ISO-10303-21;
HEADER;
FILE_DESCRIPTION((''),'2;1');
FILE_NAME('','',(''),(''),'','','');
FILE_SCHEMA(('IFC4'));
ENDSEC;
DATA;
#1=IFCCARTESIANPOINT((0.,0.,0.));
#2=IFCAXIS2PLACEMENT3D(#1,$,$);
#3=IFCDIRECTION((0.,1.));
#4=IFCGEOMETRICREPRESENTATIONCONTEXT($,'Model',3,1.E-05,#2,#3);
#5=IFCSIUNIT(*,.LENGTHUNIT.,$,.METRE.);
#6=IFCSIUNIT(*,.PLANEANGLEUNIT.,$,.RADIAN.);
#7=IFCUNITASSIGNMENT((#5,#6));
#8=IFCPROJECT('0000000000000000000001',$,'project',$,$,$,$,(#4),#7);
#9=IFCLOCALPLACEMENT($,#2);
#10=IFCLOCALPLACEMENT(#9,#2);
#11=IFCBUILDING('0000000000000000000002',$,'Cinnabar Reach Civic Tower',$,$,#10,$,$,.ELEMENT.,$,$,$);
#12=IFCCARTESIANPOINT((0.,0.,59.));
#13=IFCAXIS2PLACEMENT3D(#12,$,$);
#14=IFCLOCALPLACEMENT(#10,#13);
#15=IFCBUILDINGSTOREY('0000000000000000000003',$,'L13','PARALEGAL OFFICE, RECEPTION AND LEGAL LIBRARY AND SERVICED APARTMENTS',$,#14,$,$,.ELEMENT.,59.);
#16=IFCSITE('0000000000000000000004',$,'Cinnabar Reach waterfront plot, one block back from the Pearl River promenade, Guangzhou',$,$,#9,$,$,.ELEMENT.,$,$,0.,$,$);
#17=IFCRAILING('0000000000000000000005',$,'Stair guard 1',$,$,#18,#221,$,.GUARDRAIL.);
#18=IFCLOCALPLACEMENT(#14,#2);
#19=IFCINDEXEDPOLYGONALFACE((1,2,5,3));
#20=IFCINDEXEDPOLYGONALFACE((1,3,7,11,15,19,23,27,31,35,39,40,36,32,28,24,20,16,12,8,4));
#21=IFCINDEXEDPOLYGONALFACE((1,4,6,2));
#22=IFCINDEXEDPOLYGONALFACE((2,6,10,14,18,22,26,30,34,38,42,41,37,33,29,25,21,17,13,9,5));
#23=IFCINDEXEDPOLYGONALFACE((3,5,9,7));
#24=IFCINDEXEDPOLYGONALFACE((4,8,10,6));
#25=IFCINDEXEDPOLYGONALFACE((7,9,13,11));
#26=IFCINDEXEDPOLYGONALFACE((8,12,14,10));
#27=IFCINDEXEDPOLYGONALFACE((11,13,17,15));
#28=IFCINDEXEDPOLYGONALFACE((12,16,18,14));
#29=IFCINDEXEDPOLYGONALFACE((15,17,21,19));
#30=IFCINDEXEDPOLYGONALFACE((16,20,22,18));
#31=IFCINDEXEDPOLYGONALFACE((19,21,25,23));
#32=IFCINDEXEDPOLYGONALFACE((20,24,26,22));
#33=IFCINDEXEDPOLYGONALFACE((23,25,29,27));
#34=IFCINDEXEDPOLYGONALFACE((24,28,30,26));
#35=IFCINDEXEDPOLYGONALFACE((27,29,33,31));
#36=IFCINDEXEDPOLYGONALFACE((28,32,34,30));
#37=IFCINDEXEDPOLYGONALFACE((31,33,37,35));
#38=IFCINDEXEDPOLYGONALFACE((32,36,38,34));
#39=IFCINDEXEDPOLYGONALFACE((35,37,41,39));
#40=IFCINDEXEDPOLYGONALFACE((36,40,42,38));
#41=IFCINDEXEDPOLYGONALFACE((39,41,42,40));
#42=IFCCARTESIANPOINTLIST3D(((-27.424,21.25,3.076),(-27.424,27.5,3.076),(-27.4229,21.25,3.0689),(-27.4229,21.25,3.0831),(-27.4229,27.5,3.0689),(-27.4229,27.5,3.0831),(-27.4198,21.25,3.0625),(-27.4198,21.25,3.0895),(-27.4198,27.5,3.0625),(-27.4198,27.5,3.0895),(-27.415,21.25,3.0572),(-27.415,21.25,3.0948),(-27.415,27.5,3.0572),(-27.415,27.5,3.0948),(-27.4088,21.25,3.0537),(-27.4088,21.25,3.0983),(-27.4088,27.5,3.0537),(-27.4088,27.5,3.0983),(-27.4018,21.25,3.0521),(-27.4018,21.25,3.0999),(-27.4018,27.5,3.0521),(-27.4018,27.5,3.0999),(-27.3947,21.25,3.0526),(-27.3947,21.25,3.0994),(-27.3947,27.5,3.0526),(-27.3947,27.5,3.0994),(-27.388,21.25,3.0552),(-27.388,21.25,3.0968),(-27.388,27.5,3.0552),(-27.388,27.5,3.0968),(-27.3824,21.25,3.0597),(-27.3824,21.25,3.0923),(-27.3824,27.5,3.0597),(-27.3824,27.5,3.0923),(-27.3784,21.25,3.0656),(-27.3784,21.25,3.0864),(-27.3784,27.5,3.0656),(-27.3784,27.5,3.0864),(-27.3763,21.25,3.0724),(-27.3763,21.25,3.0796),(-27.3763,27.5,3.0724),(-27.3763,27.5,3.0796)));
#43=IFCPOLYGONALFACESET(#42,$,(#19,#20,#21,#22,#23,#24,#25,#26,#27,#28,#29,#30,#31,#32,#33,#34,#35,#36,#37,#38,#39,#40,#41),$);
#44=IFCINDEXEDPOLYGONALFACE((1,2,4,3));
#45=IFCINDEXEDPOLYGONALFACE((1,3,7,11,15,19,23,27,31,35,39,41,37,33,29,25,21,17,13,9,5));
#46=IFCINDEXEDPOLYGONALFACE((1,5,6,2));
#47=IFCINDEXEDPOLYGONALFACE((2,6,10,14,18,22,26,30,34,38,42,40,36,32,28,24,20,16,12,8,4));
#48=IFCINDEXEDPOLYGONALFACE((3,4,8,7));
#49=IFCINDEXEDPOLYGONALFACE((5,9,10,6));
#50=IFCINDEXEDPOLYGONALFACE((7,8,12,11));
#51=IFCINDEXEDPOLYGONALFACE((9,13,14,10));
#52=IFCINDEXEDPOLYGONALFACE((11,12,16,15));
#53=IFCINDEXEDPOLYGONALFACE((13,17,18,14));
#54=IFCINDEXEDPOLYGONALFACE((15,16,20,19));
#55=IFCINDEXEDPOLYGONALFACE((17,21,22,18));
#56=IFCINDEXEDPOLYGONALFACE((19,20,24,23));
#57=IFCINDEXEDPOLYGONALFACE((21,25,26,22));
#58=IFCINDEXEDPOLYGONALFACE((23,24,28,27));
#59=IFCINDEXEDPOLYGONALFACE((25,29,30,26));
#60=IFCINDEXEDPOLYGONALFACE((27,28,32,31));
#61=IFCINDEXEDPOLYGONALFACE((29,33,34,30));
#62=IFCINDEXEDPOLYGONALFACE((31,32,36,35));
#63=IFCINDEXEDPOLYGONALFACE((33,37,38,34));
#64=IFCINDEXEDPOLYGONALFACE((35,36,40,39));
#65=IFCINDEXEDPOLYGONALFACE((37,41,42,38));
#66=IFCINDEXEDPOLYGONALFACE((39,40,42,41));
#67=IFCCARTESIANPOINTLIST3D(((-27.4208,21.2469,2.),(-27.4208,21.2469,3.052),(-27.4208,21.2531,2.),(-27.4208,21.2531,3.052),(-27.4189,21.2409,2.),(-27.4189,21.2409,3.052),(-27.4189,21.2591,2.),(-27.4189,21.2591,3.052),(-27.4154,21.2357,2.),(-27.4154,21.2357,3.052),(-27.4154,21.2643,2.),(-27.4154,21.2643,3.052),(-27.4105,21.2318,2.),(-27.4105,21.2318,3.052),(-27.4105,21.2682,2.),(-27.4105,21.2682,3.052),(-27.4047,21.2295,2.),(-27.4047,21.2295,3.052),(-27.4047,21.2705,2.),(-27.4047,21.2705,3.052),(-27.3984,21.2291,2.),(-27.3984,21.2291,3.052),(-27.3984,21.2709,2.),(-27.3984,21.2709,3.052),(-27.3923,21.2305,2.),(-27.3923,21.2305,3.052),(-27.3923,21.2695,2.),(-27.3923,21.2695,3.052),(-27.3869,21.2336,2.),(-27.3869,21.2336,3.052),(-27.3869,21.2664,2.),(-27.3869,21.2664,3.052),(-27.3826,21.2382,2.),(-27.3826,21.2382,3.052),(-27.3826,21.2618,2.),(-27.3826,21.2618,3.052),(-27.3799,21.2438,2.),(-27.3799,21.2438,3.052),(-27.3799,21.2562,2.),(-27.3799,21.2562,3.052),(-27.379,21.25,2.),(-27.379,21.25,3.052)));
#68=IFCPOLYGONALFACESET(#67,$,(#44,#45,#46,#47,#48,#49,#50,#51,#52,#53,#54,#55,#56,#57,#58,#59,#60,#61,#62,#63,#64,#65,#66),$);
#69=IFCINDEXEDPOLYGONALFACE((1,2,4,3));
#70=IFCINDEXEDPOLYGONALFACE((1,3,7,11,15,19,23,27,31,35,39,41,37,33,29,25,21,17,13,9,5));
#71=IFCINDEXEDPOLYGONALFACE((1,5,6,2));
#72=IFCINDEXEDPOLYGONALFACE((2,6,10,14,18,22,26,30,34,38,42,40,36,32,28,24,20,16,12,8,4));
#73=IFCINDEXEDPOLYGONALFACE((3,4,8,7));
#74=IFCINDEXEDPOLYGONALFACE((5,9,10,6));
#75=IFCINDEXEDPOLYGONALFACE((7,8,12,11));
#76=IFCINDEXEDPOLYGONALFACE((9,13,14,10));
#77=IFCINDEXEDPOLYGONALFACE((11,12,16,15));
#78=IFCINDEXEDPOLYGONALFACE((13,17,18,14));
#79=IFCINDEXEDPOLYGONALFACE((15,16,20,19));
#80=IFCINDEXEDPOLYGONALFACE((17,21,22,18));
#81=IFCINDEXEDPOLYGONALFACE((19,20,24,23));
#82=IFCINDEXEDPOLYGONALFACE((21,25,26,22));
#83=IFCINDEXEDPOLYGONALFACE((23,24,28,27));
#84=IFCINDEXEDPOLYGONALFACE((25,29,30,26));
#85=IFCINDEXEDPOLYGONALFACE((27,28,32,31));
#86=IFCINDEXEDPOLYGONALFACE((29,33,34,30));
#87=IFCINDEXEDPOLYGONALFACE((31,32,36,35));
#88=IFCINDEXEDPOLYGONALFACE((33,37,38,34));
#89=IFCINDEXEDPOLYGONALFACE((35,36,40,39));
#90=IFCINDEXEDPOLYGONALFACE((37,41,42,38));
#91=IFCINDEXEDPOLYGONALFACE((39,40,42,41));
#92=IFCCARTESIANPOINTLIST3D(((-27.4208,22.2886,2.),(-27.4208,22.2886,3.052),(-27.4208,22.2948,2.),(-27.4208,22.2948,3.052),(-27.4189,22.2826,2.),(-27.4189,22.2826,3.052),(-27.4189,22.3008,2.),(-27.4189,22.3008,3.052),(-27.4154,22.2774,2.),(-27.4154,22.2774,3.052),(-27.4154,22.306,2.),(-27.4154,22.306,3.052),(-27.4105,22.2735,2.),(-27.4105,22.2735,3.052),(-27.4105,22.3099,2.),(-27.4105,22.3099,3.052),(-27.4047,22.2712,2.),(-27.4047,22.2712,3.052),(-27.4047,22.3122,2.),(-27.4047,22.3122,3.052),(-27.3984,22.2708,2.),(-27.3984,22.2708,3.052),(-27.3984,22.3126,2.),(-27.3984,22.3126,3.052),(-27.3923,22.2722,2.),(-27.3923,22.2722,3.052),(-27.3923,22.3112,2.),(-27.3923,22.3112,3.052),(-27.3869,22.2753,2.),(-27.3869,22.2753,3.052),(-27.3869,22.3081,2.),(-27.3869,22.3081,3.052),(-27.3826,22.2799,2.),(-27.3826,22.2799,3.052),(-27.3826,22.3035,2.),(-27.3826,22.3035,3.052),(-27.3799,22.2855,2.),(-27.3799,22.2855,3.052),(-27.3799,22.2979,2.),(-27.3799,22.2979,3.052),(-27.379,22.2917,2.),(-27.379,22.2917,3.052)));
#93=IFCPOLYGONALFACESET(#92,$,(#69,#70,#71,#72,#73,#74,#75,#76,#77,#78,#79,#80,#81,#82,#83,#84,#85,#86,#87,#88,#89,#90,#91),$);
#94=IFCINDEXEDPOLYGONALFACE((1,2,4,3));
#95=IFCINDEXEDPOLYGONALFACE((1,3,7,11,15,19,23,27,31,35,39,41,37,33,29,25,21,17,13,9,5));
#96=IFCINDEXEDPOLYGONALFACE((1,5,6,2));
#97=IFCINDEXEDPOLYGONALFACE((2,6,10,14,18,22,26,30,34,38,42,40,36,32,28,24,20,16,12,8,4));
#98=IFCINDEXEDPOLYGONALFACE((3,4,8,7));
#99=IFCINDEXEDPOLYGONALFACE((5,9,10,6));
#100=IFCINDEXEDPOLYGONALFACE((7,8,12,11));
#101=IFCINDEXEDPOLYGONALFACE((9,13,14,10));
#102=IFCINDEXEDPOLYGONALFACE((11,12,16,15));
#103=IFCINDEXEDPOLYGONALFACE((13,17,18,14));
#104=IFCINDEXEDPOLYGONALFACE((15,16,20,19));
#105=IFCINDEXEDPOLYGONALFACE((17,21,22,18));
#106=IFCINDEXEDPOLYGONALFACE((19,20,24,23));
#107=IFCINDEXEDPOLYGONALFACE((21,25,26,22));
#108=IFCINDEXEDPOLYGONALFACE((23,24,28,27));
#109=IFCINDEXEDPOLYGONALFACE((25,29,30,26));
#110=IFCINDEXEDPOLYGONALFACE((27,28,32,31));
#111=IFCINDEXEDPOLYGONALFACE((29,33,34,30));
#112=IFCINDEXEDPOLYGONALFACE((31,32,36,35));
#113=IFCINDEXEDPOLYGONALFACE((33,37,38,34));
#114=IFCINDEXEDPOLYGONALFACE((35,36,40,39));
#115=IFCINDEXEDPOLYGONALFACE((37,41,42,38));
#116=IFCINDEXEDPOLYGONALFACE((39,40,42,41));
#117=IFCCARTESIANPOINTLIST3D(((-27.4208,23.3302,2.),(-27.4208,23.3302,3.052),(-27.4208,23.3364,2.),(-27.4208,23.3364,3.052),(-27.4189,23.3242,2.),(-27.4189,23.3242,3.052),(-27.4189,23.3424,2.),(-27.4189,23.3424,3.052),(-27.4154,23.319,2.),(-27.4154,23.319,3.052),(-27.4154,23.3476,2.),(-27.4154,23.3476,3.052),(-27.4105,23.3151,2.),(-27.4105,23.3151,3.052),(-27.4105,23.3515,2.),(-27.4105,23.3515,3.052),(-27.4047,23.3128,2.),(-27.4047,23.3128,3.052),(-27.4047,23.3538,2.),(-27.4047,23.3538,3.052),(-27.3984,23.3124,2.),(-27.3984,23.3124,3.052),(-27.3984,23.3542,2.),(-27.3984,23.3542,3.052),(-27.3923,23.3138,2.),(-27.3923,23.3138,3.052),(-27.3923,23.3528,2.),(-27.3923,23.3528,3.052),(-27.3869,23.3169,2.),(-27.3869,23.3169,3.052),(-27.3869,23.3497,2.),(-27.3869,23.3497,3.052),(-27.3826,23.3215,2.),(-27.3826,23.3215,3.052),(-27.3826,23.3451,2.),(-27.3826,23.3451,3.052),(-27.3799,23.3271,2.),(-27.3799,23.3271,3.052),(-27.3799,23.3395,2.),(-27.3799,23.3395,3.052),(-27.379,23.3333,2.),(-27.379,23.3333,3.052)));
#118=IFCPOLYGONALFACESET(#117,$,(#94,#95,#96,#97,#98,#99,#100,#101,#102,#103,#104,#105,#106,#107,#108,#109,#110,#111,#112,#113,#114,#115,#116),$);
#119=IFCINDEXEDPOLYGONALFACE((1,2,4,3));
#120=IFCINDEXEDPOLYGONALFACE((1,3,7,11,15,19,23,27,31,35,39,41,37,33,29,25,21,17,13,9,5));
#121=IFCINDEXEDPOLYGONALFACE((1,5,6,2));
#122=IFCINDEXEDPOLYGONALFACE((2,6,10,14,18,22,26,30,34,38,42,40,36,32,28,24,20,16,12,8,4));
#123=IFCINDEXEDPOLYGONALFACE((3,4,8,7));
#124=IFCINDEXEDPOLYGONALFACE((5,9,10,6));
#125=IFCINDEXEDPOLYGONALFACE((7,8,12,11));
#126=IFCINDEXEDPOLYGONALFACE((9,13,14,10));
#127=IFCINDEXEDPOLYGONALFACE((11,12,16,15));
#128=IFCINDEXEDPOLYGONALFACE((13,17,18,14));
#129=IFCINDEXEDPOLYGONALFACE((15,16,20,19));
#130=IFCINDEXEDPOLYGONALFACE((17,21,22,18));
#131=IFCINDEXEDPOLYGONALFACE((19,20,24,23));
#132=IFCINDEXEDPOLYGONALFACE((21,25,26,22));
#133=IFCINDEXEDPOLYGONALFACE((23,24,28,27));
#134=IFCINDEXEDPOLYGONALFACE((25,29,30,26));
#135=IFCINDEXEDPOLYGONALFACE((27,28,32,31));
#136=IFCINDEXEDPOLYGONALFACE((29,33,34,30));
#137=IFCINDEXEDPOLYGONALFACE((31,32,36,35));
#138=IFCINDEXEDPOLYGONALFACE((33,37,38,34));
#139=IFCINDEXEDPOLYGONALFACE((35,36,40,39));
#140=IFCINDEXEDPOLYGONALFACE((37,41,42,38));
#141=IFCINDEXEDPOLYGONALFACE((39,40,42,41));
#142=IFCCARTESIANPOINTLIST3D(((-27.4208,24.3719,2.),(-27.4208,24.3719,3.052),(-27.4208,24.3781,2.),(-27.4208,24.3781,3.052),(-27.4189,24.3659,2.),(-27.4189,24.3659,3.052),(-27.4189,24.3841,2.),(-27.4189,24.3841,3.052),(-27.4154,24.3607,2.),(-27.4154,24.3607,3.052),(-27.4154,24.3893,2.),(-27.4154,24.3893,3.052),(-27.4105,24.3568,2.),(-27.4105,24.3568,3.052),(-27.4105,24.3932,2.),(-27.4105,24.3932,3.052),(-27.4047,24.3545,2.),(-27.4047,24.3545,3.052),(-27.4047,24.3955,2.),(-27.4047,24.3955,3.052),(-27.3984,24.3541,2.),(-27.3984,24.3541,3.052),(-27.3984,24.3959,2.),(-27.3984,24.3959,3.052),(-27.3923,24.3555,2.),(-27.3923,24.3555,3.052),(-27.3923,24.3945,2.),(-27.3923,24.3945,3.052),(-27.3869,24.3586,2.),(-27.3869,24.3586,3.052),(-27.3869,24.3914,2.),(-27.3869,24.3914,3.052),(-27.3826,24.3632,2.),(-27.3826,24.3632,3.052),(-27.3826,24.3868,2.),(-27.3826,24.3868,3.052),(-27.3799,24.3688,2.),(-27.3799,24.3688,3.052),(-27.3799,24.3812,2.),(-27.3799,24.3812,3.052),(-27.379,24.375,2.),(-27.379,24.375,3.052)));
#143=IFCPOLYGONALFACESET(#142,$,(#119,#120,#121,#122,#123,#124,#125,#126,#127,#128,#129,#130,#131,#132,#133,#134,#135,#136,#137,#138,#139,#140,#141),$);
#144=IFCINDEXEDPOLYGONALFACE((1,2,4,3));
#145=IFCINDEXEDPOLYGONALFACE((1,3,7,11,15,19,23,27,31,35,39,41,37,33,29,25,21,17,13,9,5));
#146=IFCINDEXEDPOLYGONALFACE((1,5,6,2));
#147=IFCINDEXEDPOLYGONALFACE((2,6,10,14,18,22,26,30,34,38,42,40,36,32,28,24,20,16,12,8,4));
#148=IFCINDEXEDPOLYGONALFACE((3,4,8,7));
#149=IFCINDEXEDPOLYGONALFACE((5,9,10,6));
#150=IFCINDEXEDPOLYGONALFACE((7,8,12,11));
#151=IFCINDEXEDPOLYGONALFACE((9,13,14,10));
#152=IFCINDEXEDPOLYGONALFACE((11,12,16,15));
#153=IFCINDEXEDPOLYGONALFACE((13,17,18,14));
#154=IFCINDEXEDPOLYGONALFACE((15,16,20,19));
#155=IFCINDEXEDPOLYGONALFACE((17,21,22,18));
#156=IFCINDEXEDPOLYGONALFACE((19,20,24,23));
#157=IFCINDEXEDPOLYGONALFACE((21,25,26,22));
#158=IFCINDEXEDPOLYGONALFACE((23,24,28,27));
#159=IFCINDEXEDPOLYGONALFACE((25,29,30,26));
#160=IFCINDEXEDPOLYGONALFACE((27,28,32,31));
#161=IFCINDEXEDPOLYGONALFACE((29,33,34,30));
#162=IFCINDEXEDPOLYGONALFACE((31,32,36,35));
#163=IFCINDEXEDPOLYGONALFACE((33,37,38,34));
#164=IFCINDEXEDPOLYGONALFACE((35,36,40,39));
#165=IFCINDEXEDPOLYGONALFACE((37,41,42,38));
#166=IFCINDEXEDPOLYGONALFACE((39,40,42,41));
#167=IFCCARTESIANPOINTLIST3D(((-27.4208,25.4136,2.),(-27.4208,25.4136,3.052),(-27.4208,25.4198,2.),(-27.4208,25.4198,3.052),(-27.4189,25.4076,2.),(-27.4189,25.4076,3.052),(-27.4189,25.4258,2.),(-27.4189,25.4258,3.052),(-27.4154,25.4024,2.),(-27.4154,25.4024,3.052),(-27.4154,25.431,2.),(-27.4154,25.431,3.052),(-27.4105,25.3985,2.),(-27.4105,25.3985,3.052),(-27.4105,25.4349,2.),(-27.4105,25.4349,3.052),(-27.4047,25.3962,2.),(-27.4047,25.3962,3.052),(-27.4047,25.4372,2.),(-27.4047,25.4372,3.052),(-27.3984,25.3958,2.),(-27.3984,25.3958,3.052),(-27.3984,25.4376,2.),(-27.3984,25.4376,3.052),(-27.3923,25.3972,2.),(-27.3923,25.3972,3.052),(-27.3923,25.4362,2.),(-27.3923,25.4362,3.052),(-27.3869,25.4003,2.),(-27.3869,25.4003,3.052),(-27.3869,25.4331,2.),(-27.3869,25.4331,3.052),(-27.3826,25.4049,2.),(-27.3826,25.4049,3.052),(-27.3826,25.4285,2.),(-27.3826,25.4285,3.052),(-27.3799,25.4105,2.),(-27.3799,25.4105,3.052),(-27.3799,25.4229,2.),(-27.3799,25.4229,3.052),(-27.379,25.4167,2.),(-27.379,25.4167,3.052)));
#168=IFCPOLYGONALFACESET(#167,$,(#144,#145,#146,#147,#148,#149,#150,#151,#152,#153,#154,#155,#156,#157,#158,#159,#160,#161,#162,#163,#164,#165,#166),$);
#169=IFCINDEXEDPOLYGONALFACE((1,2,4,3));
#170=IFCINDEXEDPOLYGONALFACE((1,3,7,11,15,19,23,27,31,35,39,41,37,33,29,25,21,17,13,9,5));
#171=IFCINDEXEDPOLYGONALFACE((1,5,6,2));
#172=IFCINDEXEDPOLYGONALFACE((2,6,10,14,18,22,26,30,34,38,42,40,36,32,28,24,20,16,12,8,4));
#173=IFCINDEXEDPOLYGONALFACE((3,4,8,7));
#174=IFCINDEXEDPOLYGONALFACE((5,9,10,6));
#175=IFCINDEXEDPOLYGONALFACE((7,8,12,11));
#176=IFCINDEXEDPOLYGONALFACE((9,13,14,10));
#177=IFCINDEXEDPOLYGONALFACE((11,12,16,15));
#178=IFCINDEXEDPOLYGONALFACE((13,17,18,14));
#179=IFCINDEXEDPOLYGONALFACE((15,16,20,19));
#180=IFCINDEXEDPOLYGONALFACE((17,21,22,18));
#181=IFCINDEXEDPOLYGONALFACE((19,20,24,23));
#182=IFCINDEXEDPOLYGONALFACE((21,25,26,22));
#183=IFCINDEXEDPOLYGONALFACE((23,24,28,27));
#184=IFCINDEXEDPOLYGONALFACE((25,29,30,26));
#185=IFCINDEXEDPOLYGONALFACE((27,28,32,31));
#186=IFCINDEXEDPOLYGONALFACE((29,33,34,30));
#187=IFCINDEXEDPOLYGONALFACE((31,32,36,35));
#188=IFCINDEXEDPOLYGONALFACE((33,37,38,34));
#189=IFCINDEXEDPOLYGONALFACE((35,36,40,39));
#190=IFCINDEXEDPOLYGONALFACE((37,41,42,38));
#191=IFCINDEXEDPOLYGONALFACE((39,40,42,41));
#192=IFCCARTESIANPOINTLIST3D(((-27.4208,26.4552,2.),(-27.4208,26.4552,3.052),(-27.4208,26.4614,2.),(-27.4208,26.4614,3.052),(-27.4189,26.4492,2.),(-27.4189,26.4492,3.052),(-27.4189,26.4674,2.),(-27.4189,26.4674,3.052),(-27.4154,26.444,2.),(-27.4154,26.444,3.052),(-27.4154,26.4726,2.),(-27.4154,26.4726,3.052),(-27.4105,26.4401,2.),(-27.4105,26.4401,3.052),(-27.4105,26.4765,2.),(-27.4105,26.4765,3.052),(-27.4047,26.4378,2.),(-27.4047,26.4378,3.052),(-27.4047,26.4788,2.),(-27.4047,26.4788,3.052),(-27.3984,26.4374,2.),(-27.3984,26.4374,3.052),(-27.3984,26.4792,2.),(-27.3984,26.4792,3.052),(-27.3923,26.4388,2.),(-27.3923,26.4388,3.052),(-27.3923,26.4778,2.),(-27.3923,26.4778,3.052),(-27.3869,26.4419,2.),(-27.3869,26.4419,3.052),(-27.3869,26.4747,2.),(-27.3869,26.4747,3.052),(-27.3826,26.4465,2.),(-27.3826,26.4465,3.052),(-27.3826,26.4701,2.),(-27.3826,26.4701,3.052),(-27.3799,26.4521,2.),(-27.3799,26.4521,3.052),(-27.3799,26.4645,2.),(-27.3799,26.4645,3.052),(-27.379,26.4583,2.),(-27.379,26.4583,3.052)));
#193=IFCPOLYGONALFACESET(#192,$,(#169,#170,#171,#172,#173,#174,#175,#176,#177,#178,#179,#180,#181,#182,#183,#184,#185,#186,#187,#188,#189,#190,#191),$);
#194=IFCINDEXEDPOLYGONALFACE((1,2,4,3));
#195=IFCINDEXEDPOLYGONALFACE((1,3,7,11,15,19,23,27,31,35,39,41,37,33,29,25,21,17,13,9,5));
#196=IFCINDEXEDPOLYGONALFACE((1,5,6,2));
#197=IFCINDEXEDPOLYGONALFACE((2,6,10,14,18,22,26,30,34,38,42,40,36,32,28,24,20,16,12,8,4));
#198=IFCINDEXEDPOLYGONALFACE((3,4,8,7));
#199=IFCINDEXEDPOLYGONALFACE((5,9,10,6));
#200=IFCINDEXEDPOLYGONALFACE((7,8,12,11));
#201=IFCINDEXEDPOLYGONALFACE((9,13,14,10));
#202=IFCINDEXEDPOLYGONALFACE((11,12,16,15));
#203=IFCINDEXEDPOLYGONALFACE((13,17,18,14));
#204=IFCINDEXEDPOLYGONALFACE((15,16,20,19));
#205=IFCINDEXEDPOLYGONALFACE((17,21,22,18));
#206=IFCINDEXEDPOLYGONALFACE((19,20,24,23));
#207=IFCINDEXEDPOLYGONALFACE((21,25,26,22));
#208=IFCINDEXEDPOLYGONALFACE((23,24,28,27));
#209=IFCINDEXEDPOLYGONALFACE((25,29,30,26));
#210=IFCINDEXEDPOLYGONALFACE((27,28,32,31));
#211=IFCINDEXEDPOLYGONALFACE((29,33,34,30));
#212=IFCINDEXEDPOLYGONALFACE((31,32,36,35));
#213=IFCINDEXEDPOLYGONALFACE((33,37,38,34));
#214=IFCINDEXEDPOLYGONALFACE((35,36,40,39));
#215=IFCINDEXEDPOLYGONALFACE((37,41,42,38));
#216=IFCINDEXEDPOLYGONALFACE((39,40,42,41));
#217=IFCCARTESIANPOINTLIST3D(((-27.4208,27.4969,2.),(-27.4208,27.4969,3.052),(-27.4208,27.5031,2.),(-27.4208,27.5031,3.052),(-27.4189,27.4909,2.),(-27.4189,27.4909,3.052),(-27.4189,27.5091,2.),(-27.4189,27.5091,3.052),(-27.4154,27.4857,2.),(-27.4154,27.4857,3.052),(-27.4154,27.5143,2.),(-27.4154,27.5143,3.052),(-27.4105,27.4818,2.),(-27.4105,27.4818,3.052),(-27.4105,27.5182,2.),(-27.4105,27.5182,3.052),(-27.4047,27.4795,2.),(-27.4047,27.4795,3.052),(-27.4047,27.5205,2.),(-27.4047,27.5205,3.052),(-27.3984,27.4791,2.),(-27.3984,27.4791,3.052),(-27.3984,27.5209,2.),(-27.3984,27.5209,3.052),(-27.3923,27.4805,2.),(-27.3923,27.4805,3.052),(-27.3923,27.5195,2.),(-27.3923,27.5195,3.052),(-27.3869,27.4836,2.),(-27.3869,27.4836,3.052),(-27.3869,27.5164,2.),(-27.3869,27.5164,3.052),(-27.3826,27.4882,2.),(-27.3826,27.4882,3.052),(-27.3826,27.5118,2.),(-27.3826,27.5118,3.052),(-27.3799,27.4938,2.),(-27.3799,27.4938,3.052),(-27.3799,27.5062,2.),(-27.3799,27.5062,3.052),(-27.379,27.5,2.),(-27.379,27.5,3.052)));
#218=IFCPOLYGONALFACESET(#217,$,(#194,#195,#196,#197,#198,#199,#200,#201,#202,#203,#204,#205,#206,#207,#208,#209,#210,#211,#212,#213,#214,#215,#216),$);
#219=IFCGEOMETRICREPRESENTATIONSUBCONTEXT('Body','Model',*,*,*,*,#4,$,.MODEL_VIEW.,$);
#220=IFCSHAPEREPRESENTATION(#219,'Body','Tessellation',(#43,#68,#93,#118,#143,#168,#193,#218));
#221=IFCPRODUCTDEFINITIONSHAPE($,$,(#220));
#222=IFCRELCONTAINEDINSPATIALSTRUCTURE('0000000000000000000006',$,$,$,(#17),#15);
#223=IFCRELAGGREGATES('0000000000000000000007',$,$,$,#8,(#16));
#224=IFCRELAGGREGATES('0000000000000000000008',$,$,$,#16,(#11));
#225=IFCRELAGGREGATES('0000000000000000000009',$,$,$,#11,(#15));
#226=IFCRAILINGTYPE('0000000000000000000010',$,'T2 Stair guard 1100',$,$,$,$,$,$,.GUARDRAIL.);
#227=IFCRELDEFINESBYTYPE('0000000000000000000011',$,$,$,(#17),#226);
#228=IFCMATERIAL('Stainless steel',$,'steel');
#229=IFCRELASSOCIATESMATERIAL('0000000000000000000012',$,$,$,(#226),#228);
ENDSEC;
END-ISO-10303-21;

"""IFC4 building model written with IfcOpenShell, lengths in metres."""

from ifc_helpers import new_model, si_unit, direction, frame, origin, origin_2d, place, context, subcontext, project, spatial, circle, extrude, material, type_object, element, save


model = new_model("IFC4")

# Units and contexts
model_context = context("Model", 3, precision=1e-05, world=origin(), true_north=direction((0.0, 1.0)))
body_context = subcontext(model_context, "Body", "Model", "MODEL_VIEW")
ifc_project = project(units=[si_unit("LENGTHUNIT", "METRE"), si_unit("PLANEANGLEUNIT", "RADIAN")], contexts=[model_context])

# Site, building, storey
site_placement = place(None, origin())
site = spatial("IfcSite", under=ifc_project, at=site_placement, Name="Cinnabar Reach waterfront plot, one block back from the Pearl River promenade, Guangzhou", CompositionType="ELEMENT", RefElevation=0.0)
building_placement = place(site_placement, origin())
building = spatial("IfcBuilding", under=site, at=building_placement, Name="Cinnabar Reach Civic Tower", CompositionType="ELEMENT")
storey_placement = place(building_placement, frame((0.0, 0.0, 59.0)))
storey = spatial("IfcBuildingStorey", under=building, at=storey_placement, Name="L13", Description="PARALEGAL OFFICE, RECEPTION AND LEGAL LIBRARY AND SERVICED APARTMENTS", CompositionType="ELEMENT", Elevation=59.0)

# Railing
ifc_material_1 = material(Name="Stainless steel", Category="steel")
railing_type = type_object("IfcRailingType", Name="T2 Stair guard 1100", PredefinedType="GUARDRAIL", material=ifc_material_1)
for number, where, name in (
    (1, (-27.4, 21.25, 2.0), "Stair guard 1"),
):
    element("IfcRailing", number, at=place(storey_placement, frame(where)), inside=storey, type_object=railing_type, Name=name, PredefinedType="GUARDRAIL", context=body_context, shape_type="SweptSolid", body=[
        extrude(circle(Radius=0.024, at=origin_2d()), frame((0.0, 0.0, 1.076), z_axis=(0.0, 1.0, 0.0), x_axis=(-1.0, 0.0, 0.0)), (0.0, 0.0, 1.0), 6.25),
        extrude(circle(Radius=0.021, at=origin_2d()), origin(), (0.0, 0.0, 1.0), 1.052),
        extrude(circle(Radius=0.021, at=origin_2d()), frame((0.0, 1.0417, 0.0)), (0.0, 0.0, 1.0), 1.052),
        extrude(circle(Radius=0.021, at=origin_2d()), frame((0.0, 2.0833, 0.0)), (0.0, 0.0, 1.0), 1.052),
        extrude(circle(Radius=0.021, at=origin_2d()), frame((0.0, 3.125, 0.0)), (0.0, 0.0, 1.0), 1.052),
        extrude(circle(Radius=0.021, at=origin_2d()), frame((0.0, 4.1667, 0.0)), (0.0, 0.0, 1.0), 1.052),
        extrude(circle(Radius=0.021, at=origin_2d()), frame((0.0, 5.2083, 0.0)), (0.0, 0.0, 1.0), 1.052),
        extrude(circle(Radius=0.021, at=origin_2d()), frame((0.0, 6.25, 0.0)), (0.0, 0.0, 1.0), 1.052),
    ])

save(model, "model.ifc")
